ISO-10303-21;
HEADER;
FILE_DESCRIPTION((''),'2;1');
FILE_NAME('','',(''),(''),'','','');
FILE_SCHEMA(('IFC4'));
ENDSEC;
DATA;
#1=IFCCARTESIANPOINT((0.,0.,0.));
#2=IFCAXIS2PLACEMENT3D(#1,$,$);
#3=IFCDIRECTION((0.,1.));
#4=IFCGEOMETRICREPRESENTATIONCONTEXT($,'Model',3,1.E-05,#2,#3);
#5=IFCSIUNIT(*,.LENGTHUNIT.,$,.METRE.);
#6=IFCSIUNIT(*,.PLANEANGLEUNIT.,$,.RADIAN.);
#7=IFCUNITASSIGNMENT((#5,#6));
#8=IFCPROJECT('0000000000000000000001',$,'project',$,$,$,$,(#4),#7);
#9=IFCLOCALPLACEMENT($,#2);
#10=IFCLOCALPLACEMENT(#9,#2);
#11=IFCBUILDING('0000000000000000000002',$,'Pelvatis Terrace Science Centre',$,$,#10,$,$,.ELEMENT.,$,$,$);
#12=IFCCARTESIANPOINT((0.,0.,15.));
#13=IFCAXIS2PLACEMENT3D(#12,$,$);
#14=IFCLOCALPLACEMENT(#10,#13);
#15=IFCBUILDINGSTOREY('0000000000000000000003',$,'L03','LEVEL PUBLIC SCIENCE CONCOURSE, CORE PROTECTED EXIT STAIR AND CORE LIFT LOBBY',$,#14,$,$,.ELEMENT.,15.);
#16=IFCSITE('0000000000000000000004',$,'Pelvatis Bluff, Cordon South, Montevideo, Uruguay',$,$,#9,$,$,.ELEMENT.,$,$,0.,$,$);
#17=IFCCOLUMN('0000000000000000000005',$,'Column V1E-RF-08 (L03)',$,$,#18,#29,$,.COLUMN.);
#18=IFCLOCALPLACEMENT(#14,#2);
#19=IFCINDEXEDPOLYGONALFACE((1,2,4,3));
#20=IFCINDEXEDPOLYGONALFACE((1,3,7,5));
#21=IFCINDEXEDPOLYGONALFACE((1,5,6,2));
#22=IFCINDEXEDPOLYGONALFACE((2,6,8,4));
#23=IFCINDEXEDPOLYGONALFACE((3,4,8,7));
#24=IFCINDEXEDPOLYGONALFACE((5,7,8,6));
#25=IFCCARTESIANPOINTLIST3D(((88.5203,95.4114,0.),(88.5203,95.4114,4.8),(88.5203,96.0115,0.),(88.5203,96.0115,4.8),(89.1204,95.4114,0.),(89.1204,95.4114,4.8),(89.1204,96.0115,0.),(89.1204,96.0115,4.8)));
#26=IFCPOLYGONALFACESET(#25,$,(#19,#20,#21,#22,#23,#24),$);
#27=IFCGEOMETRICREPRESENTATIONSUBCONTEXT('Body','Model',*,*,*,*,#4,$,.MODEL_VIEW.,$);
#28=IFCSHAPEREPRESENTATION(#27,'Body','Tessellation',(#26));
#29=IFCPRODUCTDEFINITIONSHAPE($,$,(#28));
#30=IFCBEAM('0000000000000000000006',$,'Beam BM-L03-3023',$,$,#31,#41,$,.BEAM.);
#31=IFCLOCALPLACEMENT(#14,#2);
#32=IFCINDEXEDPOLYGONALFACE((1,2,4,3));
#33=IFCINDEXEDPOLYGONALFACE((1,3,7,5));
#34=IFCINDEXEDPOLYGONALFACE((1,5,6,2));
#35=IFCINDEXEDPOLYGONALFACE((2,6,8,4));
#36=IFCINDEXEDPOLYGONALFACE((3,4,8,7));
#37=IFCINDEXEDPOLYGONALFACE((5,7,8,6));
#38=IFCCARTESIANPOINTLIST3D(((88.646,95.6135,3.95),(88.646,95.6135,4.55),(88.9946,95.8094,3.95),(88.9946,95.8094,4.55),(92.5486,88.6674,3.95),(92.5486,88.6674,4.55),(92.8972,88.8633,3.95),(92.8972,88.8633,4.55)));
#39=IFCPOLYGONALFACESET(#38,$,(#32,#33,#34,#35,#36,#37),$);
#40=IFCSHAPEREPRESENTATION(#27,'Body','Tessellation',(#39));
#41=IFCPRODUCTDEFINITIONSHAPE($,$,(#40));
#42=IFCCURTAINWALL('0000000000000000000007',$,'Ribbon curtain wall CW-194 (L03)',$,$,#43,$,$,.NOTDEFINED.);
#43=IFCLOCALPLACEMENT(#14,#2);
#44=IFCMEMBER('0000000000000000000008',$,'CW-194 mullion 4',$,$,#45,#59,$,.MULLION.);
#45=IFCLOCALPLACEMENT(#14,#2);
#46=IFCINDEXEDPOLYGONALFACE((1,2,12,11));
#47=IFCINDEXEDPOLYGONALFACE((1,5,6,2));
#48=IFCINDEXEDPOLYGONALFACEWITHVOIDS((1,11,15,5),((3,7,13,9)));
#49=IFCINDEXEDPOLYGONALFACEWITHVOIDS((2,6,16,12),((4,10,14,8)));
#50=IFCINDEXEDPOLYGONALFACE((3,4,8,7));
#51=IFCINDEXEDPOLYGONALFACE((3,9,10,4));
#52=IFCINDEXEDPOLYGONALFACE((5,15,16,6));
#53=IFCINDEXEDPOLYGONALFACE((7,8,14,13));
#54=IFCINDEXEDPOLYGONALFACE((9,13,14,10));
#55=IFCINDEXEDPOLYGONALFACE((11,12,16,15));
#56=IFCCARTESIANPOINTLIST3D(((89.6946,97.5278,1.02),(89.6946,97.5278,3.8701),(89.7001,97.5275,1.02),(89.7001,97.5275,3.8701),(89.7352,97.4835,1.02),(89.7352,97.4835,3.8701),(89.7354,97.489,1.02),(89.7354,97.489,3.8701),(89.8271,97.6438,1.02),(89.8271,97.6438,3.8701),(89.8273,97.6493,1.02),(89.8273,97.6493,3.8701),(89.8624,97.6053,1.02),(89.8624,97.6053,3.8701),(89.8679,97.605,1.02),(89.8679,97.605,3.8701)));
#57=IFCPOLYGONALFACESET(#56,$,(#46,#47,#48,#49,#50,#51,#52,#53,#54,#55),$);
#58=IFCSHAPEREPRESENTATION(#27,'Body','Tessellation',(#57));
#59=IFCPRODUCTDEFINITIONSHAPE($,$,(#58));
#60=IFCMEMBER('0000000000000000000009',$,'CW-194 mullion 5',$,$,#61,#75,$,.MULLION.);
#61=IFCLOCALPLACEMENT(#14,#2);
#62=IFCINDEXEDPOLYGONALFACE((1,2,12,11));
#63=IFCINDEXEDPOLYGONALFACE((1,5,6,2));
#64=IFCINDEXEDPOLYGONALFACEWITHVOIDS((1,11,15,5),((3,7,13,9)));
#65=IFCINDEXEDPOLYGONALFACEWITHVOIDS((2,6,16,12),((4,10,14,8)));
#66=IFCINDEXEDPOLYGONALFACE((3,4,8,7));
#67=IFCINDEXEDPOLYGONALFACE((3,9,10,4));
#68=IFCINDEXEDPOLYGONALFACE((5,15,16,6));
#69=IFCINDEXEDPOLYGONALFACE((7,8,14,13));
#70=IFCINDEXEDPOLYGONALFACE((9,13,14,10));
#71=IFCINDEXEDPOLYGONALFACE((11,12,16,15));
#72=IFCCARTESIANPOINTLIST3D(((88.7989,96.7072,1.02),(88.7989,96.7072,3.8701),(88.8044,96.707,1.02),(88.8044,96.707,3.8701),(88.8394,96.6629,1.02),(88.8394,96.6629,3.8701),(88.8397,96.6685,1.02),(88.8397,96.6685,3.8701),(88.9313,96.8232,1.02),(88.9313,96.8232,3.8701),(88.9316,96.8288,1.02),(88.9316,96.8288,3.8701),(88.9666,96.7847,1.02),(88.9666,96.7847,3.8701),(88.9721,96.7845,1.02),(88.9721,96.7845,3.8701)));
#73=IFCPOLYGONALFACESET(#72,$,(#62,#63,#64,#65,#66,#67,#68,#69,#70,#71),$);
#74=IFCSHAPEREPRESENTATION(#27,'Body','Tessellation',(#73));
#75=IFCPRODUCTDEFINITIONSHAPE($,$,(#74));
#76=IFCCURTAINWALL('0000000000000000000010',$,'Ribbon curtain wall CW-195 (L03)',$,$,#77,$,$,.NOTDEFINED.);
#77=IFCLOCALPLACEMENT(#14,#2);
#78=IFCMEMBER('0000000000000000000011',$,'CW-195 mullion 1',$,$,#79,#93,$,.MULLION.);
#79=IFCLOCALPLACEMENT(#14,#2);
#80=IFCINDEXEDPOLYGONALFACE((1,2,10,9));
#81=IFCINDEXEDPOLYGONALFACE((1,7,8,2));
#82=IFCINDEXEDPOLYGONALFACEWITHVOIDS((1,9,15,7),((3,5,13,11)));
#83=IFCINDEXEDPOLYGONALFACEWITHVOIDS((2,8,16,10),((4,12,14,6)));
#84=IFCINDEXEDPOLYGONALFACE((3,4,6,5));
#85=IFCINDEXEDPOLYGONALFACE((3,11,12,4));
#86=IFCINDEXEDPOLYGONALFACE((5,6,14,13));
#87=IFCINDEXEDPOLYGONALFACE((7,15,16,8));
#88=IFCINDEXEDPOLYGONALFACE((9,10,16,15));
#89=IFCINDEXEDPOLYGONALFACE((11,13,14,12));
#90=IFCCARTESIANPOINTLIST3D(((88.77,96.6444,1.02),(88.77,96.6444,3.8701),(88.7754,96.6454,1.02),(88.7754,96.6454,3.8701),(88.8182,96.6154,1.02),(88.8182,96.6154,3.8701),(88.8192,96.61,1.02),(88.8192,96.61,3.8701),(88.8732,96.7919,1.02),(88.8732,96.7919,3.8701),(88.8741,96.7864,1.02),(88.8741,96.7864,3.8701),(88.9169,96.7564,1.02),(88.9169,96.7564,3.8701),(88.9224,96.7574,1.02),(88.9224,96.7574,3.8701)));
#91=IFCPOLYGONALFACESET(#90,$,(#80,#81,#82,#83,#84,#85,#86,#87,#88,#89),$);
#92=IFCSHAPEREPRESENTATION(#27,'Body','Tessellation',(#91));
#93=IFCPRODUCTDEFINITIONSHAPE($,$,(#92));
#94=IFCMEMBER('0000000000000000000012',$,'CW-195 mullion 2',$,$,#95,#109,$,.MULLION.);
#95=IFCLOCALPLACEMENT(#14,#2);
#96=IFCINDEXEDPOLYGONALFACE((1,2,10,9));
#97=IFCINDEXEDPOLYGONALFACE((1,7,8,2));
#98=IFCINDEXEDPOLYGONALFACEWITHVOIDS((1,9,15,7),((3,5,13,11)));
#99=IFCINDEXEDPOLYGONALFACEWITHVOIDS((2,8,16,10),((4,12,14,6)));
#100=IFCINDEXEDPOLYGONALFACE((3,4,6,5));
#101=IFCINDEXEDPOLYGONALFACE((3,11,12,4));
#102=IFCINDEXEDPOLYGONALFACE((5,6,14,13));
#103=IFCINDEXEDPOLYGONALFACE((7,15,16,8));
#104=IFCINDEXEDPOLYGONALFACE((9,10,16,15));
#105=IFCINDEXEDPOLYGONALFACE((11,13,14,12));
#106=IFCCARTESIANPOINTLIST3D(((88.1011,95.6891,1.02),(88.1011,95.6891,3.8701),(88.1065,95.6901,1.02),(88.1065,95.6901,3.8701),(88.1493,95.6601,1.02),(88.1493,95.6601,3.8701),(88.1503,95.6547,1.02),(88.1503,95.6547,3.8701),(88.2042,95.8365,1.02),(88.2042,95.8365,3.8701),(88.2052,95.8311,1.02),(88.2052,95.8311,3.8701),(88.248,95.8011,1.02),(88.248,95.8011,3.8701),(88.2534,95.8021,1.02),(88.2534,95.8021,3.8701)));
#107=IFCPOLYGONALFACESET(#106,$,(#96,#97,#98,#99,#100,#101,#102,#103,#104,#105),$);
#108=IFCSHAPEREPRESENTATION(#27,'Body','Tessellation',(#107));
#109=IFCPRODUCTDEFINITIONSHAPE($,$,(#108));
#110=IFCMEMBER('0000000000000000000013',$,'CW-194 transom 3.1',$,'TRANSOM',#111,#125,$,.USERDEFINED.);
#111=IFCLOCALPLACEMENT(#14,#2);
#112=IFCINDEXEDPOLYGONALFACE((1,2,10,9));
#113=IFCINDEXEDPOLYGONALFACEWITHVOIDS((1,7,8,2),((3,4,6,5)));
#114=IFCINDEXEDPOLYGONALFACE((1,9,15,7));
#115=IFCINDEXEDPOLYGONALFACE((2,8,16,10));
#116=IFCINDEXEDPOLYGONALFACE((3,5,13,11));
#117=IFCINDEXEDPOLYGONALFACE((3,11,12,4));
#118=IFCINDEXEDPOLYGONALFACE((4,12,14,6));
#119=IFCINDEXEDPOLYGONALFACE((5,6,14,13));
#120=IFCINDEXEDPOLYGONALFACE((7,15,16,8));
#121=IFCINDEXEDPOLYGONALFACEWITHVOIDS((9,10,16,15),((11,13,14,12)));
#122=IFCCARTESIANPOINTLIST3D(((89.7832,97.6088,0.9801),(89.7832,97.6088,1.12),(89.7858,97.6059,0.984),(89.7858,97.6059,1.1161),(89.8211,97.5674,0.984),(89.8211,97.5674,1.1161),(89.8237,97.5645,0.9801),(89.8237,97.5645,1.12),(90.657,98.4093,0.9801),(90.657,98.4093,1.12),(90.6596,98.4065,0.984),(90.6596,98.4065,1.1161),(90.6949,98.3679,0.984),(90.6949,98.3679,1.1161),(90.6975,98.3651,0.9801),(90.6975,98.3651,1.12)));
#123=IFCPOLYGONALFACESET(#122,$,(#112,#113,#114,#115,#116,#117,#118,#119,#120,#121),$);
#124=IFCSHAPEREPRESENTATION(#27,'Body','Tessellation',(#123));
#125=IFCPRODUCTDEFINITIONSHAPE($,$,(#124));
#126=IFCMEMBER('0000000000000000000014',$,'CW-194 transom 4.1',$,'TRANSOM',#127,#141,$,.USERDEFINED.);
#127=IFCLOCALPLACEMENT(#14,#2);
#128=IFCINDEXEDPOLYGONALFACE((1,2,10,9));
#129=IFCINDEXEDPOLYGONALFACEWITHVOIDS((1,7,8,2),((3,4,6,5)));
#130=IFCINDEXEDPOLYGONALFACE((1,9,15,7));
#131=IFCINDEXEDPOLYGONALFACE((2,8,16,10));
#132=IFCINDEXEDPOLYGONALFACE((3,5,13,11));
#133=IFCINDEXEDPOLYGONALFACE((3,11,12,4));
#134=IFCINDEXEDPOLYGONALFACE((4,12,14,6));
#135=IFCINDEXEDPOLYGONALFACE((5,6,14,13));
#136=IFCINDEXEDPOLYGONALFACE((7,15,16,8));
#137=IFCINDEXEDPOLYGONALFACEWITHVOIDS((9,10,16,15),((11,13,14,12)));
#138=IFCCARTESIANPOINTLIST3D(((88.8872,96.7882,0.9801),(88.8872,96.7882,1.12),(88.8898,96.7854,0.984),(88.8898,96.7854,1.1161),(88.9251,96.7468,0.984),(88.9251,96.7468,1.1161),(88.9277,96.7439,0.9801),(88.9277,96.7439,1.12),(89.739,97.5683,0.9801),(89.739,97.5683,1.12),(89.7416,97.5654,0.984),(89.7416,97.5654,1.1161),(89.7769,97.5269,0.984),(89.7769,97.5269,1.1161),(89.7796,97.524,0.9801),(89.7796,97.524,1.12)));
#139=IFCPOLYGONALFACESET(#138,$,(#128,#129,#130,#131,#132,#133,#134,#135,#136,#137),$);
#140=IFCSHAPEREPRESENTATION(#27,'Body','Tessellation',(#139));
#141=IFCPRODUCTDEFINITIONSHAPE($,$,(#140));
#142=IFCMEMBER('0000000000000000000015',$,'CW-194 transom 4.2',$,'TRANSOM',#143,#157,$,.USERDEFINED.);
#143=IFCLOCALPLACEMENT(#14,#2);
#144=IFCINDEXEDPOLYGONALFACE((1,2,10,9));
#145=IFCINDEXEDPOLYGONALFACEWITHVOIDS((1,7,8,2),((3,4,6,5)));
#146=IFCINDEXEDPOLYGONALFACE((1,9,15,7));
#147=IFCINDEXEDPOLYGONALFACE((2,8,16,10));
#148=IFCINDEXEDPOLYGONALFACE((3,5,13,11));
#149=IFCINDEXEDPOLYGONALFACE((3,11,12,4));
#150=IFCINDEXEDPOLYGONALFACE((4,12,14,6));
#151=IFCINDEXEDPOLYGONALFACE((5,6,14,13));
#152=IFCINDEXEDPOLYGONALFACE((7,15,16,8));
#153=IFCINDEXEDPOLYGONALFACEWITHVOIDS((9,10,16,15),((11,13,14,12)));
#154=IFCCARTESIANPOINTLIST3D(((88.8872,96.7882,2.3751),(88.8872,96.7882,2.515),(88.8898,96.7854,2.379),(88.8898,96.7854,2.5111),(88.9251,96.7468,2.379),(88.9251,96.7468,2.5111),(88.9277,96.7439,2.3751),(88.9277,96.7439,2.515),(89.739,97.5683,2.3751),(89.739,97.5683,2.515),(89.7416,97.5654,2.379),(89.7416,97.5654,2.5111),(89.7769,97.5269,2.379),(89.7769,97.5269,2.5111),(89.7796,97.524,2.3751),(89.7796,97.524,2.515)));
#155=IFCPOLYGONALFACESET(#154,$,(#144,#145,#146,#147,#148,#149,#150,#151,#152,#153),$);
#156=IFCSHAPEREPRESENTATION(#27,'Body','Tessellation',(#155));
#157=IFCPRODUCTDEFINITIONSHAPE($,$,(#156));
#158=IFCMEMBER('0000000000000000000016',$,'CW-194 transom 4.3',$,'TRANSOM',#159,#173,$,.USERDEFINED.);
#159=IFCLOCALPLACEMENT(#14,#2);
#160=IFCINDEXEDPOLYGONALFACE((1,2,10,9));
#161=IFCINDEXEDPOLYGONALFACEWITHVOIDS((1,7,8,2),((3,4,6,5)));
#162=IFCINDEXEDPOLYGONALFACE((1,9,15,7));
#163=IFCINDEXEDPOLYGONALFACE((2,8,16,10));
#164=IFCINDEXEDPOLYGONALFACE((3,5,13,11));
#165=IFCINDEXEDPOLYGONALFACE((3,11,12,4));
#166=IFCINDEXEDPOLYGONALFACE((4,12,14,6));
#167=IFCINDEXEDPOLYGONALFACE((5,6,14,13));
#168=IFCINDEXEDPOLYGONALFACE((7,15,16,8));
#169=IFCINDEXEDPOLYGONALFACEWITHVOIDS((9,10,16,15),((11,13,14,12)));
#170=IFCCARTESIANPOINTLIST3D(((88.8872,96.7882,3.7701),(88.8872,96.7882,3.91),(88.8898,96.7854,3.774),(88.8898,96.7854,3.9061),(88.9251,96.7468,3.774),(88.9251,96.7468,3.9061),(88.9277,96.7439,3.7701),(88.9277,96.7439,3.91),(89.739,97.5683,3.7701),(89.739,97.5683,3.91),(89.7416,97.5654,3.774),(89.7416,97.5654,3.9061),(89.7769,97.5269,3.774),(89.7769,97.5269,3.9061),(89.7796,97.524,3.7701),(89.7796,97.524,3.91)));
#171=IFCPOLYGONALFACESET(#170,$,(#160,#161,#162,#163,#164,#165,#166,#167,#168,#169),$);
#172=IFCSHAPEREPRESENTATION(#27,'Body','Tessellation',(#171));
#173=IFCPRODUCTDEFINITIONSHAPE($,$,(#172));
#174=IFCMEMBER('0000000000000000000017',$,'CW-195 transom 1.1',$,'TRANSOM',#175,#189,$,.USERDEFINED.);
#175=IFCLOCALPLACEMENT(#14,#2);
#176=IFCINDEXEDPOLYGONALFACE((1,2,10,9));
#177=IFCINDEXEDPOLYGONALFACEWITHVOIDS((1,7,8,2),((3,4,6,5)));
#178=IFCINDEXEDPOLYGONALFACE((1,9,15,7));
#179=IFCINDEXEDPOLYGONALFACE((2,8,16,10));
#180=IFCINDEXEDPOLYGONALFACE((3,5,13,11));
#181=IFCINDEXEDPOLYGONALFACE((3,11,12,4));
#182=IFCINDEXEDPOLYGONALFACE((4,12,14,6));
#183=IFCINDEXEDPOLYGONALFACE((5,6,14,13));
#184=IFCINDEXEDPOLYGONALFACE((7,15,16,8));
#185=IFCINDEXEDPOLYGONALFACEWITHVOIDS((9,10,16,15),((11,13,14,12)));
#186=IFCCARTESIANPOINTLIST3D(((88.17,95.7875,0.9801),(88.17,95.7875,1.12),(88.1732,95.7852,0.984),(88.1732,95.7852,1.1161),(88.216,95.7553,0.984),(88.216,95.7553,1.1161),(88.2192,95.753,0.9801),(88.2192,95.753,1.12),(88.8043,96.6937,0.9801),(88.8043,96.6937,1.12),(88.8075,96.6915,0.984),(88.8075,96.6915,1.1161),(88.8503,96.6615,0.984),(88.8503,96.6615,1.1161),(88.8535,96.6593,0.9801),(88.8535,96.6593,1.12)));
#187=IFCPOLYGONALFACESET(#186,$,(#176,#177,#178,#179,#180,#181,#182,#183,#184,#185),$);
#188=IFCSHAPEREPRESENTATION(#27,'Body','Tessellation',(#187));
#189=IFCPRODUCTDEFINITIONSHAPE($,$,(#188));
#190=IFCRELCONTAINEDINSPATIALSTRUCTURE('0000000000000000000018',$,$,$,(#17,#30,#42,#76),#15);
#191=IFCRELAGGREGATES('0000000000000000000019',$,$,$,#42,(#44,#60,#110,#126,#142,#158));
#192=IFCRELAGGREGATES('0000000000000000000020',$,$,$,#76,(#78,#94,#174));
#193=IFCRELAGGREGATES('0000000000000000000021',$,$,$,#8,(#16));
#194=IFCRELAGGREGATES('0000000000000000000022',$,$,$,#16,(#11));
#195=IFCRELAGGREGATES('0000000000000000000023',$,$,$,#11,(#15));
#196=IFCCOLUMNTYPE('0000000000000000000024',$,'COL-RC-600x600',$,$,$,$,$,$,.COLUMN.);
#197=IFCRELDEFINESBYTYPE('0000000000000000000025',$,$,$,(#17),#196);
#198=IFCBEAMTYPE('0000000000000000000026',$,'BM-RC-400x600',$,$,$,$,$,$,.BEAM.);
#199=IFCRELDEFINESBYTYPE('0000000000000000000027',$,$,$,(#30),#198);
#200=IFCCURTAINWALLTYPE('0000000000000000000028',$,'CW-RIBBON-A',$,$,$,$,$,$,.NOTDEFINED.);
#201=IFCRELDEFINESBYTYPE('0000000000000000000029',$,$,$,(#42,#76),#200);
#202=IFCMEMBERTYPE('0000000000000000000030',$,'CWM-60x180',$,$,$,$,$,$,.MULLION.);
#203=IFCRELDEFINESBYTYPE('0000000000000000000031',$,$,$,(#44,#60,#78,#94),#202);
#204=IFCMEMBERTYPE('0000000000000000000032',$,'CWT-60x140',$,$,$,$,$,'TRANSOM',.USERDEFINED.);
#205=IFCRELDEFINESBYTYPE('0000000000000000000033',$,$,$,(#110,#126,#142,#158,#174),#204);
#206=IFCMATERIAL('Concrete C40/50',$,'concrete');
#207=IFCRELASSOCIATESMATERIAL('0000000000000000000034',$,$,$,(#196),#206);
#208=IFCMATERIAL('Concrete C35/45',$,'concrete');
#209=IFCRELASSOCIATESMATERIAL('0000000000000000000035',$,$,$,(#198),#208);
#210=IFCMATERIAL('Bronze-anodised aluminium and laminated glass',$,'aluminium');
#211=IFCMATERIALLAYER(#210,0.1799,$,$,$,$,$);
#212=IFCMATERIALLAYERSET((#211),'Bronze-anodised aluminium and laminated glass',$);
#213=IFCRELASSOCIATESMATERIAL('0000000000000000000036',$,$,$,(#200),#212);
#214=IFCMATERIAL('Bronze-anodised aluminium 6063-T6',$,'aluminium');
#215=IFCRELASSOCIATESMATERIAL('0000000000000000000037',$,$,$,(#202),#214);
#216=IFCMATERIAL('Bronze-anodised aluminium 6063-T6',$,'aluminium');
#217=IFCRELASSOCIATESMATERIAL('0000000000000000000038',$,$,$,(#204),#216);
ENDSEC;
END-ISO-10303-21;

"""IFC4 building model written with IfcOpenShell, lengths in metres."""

from ifc_helpers import new_model, si_unit, direction, frame, origin, origin_2d, place, context, subcontext, project, spatial, rectangle, hollow_rectangle, extrude, material, layer, layer_set, material_profile, profile_set, type_object, element, aggregate, save


model = new_model("IFC4")

# Units and contexts
model_context = context("Model", 3, precision=1e-05, world=origin(), true_north=direction((0.0, 1.0)))
body_context = subcontext(model_context, "Body", "Model", "MODEL_VIEW")
ifc_project = project(units=[si_unit("LENGTHUNIT", "METRE"), si_unit("PLANEANGLEUNIT", "RADIAN")], contexts=[model_context])

# Site, building, storey
site_placement = place(None, origin())
site = spatial("IfcSite", under=ifc_project, at=site_placement, Name="Pelvatis Bluff, Cordon South, Montevideo, Uruguay", CompositionType="ELEMENT", RefElevation=0.0)
building_placement = place(site_placement, origin())
building = spatial("IfcBuilding", under=site, at=building_placement, Name="Pelvatis Terrace Science Centre", CompositionType="ELEMENT")
storey_placement = place(building_placement, frame((0.0, 0.0, 15.0)))
storey = spatial("IfcBuildingStorey", under=building, at=storey_placement, Name="L03", Description="LEVEL PUBLIC SCIENCE CONCOURSE, CORE PROTECTED EXIT STAIR AND CORE LIFT LOBBY", CompositionType="ELEMENT", Elevation=15.0)

# Column
ifc_material_1 = material(Name="Concrete C40/50", Category="concrete")
ifc_material_profile_1 = material_profile(ifc_material_1, rectangle(XDim=0.6001, YDim=0.6001, at=origin_2d()), Name="RC-COL 600x600")
ifc_profile_set_1 = profile_set([ifc_material_profile_1], Name="Concrete C40/50")
column_type = type_object("IfcColumnType", Name="COL-RC-600x600", PredefinedType="COLUMN", material=ifc_profile_set_1)
column_placement = place(storey_placement, frame((88.8203, 95.7114, 0.0), z_axis=(0.0, 0.0, 1.0), x_axis=(1.0, 0.0, 0.0)))
element("IfcColumn", 1, at=column_placement, inside=storey, type_object=column_type, Name="Column V1E-RF-08 (L03)", PredefinedType="COLUMN", context=body_context, shape_type="SweptSolid", body=[
    extrude(rectangle(XDim=0.6001, YDim=0.6001, at=origin_2d()), origin(), (0.0, 0.0, 1.0), 4.8),
])

# Beam
ifc_material_2 = material(Name="Concrete C35/45", Category="concrete")
ifc_material_profile_2 = material_profile(ifc_material_2, rectangle(XDim=0.3999, YDim=0.6001, at=origin_2d()), Name="RC-BM 400x600")
ifc_profile_set_2 = profile_set([ifc_material_profile_2], Name="Concrete C35/45")
beam_type = type_object("IfcBeamType", Name="BM-RC-400x600", PredefinedType="BEAM", material=ifc_profile_set_2)
beam_placement = place(storey_placement, frame((88.8203, 95.7114, 4.25), z_axis=(0.489826, -0.87182, 0.0), x_axis=(0.87182, 0.489826, 0.0)))
element("IfcBeam", 2, at=beam_placement, inside=storey, type_object=beam_type, Name="Beam BM-L03-3023", PredefinedType="BEAM", context=body_context, shape_type="SweptSolid", body=[
    extrude(rectangle(XDim=0.3999, YDim=0.6001, at=origin_2d()), origin(), (0.0, 0.0, 1.0), 7.9673),
])

# Curtain walls, members
ifc_material_3 = material(Name="Bronze-anodised aluminium and laminated glass", Category="aluminium")
ifc_layer_1 = layer(ifc_material_3, 0.1799)
ifc_layer_set_1 = layer_set([ifc_layer_1], Name="Bronze-anodised aluminium and laminated glass")
curtain_wall_type = type_object("IfcCurtainWallType", Name="CW-RIBBON-A", PredefinedType="NOTDEFINED", material=ifc_layer_set_1)
curtain_wall_1_placement = place(storey_placement, origin())
curtain_wall_1 = element("IfcCurtainWall", 3, at=curtain_wall_1_placement, inside=storey, type_object=curtain_wall_type, Name="Ribbon curtain wall CW-194 (L03)", PredefinedType="NOTDEFINED")
ifc_material_4 = material(Name="Bronze-anodised aluminium 6063-T6", Category="aluminium")
ifc_material_profile_3 = material_profile(ifc_material_4, hollow_rectangle(XDim=0.0601, YDim=0.1799, WallThickness=0.0039, at=origin_2d()), Name="ALU-MUL 60x180")
ifc_profile_set_3 = profile_set([ifc_material_profile_3], Name="Bronze-anodised aluminium 6063-T6")
member_type_1 = type_object("IfcMemberType", Name="CWM-60x180", PredefinedType="MULLION", material=ifc_profile_set_3)
member_1_placement = place(storey_placement, frame((89.7812, 97.5664, 1.02), z_axis=(0.0, 0.0, 1.0), x_axis=(0.675452, -0.737404, 0.0)))
member_1 = element("IfcMember", 4, at=member_1_placement, type_object=member_type_1, Name="CW-194 mullion 4", PredefinedType="MULLION", context=body_context, shape_type="SweptSolid", body=[
    extrude(hollow_rectangle(XDim=0.0601, YDim=0.1799, WallThickness=0.0039, at=origin_2d()), origin(), (0.0, 0.0, 1.0), 2.8501),
])
member_2_placement = place(storey_placement, frame((88.8855, 96.7458, 1.02), z_axis=(0.0, 0.0, 1.0), x_axis=(0.675452, -0.737404, 0.0)))
member_2 = element("IfcMember", 5, at=member_2_placement, type_object=member_type_1, Name="CW-194 mullion 5", PredefinedType="MULLION", context=body_context, shape_type="SweptSolid", body=[
    extrude(hollow_rectangle(XDim=0.0601, YDim=0.1799, WallThickness=0.0039, at=origin_2d()), origin(), (0.0, 0.0, 1.0), 2.8501),
])
curtain_wall_2_placement = place(storey_placement, origin())
curtain_wall_2 = element("IfcCurtainWall", 6, at=curtain_wall_2_placement, inside=storey, type_object=curtain_wall_type, Name="Ribbon curtain wall CW-195 (L03)", PredefinedType="NOTDEFINED")
member_3_placement = place(storey_placement, frame((88.8462, 96.7009, 1.02), z_axis=(0.0, 0.0, 1.0), x_axis=(0.819228, -0.573468, 0.0)))
member_3 = element("IfcMember", 7, at=member_3_placement, type_object=member_type_1, Name="CW-195 mullion 1", PredefinedType="MULLION", context=body_context, shape_type="SweptSolid", body=[
    extrude(hollow_rectangle(XDim=0.0601, YDim=0.1799, WallThickness=0.0039, at=origin_2d()), origin(), (0.0, 0.0, 1.0), 2.8501),
])
member_4_placement = place(storey_placement, frame((88.1772, 95.7456, 1.02), z_axis=(0.0, 0.0, 1.0), x_axis=(0.819228, -0.573468, 0.0)))
member_4 = element("IfcMember", 8, at=member_4_placement, type_object=member_type_1, Name="CW-195 mullion 2", PredefinedType="MULLION", context=body_context, shape_type="SweptSolid", body=[
    extrude(hollow_rectangle(XDim=0.0601, YDim=0.1799, WallThickness=0.0039, at=origin_2d()), origin(), (0.0, 0.0, 1.0), 2.8501),
])

# Members
ifc_material_5 = material(Name="Bronze-anodised aluminium 6063-T6", Category="aluminium")
ifc_material_profile_4 = material_profile(ifc_material_5, hollow_rectangle(XDim=0.0601, YDim=0.1399, WallThickness=0.0039, at=origin_2d()), Name="ALU-TRN 60x140")
ifc_profile_set_4 = profile_set([ifc_material_profile_4], Name="Bronze-anodised aluminium 6063-T6")
member_type_2 = type_object("IfcMemberType", Name="CWT-60x140", ElementType="TRANSOM", PredefinedType="USERDEFINED", material=ifc_profile_set_4)
member_5_placement = place(storey_placement, frame((90.6772, 98.3872, 1.05), z_axis=(-0.737334, -0.675529, 0.0), x_axis=(0.675529, -0.737334, 0.0)))
member_5 = element("IfcMember", 9, at=member_5_placement, type_object=member_type_2, Name="CW-194 transom 3.1", ObjectType="TRANSOM", PredefinedType="USERDEFINED", context=body_context, shape_type="SweptSolid", body=[
    extrude(hollow_rectangle(XDim=0.0601, YDim=0.1399, WallThickness=0.0039, at=origin_2d()), origin(), (0.0, 0.0, 1.0), 1.1851),
])
member_6_placement = place(storey_placement, frame((89.7593, 97.5461, 1.05), z_axis=(-0.737496, -0.675351, 0.0), x_axis=(0.675351, -0.737496, 0.0)))
member_6 = element("IfcMember", 10, at=member_6_placement, type_object=member_type_2, Name="CW-194 transom 4.1", ObjectType="TRANSOM", PredefinedType="USERDEFINED", context=body_context, shape_type="SweptSolid", body=[
    extrude(hollow_rectangle(XDim=0.0601, YDim=0.1399, WallThickness=0.0039, at=origin_2d()), origin(), (0.0, 0.0, 1.0), 1.155),
])
member_7_placement = place(storey_placement, frame((89.7593, 97.5461, 2.4451), z_axis=(-0.737496, -0.675351, 0.0), x_axis=(0.675351, -0.737496, 0.0)))
member_7 = element("IfcMember", 11, at=member_7_placement, type_object=member_type_2, Name="CW-194 transom 4.2", ObjectType="TRANSOM", PredefinedType="USERDEFINED", context=body_context, shape_type="SweptSolid", body=[
    extrude(hollow_rectangle(XDim=0.0601, YDim=0.1399, WallThickness=0.0039, at=origin_2d()), origin(), (0.0, 0.0, 1.0), 1.155),
])
member_8_placement = place(storey_placement, frame((89.7593, 97.5461, 3.8401), z_axis=(-0.737496, -0.675351, 0.0), x_axis=(0.675351, -0.737496, 0.0)))
member_8 = element("IfcMember", 12, at=member_8_placement, type_object=member_type_2, Name="CW-194 transom 4.3", ObjectType="TRANSOM", PredefinedType="USERDEFINED", context=body_context, shape_type="SweptSolid", body=[
    extrude(hollow_rectangle(XDim=0.0601, YDim=0.1399, WallThickness=0.0039, at=origin_2d()), origin(), (0.0, 0.0, 1.0), 1.155),
])
member_9_placement = place(storey_placement, frame((88.8289, 96.6765, 1.05), z_axis=(-0.573403, -0.819273, 0.0), x_axis=(0.819273, -0.573403, 0.0)))
member_9 = element("IfcMember", 13, at=member_9_placement, type_object=member_type_2, Name="CW-195 transom 1.1", ObjectType="TRANSOM", PredefinedType="USERDEFINED", context=body_context, shape_type="SweptSolid", body=[
    extrude(hollow_rectangle(XDim=0.0601, YDim=0.1399, WallThickness=0.0039, at=origin_2d()), origin(), (0.0, 0.0, 1.0), 1.1062),
])

aggregate(curtain_wall_1, [member_1, member_2, member_5, member_6, member_7, member_8])
aggregate(curtain_wall_2, [member_3, member_4, member_9])

save(model, "model.ifc")
